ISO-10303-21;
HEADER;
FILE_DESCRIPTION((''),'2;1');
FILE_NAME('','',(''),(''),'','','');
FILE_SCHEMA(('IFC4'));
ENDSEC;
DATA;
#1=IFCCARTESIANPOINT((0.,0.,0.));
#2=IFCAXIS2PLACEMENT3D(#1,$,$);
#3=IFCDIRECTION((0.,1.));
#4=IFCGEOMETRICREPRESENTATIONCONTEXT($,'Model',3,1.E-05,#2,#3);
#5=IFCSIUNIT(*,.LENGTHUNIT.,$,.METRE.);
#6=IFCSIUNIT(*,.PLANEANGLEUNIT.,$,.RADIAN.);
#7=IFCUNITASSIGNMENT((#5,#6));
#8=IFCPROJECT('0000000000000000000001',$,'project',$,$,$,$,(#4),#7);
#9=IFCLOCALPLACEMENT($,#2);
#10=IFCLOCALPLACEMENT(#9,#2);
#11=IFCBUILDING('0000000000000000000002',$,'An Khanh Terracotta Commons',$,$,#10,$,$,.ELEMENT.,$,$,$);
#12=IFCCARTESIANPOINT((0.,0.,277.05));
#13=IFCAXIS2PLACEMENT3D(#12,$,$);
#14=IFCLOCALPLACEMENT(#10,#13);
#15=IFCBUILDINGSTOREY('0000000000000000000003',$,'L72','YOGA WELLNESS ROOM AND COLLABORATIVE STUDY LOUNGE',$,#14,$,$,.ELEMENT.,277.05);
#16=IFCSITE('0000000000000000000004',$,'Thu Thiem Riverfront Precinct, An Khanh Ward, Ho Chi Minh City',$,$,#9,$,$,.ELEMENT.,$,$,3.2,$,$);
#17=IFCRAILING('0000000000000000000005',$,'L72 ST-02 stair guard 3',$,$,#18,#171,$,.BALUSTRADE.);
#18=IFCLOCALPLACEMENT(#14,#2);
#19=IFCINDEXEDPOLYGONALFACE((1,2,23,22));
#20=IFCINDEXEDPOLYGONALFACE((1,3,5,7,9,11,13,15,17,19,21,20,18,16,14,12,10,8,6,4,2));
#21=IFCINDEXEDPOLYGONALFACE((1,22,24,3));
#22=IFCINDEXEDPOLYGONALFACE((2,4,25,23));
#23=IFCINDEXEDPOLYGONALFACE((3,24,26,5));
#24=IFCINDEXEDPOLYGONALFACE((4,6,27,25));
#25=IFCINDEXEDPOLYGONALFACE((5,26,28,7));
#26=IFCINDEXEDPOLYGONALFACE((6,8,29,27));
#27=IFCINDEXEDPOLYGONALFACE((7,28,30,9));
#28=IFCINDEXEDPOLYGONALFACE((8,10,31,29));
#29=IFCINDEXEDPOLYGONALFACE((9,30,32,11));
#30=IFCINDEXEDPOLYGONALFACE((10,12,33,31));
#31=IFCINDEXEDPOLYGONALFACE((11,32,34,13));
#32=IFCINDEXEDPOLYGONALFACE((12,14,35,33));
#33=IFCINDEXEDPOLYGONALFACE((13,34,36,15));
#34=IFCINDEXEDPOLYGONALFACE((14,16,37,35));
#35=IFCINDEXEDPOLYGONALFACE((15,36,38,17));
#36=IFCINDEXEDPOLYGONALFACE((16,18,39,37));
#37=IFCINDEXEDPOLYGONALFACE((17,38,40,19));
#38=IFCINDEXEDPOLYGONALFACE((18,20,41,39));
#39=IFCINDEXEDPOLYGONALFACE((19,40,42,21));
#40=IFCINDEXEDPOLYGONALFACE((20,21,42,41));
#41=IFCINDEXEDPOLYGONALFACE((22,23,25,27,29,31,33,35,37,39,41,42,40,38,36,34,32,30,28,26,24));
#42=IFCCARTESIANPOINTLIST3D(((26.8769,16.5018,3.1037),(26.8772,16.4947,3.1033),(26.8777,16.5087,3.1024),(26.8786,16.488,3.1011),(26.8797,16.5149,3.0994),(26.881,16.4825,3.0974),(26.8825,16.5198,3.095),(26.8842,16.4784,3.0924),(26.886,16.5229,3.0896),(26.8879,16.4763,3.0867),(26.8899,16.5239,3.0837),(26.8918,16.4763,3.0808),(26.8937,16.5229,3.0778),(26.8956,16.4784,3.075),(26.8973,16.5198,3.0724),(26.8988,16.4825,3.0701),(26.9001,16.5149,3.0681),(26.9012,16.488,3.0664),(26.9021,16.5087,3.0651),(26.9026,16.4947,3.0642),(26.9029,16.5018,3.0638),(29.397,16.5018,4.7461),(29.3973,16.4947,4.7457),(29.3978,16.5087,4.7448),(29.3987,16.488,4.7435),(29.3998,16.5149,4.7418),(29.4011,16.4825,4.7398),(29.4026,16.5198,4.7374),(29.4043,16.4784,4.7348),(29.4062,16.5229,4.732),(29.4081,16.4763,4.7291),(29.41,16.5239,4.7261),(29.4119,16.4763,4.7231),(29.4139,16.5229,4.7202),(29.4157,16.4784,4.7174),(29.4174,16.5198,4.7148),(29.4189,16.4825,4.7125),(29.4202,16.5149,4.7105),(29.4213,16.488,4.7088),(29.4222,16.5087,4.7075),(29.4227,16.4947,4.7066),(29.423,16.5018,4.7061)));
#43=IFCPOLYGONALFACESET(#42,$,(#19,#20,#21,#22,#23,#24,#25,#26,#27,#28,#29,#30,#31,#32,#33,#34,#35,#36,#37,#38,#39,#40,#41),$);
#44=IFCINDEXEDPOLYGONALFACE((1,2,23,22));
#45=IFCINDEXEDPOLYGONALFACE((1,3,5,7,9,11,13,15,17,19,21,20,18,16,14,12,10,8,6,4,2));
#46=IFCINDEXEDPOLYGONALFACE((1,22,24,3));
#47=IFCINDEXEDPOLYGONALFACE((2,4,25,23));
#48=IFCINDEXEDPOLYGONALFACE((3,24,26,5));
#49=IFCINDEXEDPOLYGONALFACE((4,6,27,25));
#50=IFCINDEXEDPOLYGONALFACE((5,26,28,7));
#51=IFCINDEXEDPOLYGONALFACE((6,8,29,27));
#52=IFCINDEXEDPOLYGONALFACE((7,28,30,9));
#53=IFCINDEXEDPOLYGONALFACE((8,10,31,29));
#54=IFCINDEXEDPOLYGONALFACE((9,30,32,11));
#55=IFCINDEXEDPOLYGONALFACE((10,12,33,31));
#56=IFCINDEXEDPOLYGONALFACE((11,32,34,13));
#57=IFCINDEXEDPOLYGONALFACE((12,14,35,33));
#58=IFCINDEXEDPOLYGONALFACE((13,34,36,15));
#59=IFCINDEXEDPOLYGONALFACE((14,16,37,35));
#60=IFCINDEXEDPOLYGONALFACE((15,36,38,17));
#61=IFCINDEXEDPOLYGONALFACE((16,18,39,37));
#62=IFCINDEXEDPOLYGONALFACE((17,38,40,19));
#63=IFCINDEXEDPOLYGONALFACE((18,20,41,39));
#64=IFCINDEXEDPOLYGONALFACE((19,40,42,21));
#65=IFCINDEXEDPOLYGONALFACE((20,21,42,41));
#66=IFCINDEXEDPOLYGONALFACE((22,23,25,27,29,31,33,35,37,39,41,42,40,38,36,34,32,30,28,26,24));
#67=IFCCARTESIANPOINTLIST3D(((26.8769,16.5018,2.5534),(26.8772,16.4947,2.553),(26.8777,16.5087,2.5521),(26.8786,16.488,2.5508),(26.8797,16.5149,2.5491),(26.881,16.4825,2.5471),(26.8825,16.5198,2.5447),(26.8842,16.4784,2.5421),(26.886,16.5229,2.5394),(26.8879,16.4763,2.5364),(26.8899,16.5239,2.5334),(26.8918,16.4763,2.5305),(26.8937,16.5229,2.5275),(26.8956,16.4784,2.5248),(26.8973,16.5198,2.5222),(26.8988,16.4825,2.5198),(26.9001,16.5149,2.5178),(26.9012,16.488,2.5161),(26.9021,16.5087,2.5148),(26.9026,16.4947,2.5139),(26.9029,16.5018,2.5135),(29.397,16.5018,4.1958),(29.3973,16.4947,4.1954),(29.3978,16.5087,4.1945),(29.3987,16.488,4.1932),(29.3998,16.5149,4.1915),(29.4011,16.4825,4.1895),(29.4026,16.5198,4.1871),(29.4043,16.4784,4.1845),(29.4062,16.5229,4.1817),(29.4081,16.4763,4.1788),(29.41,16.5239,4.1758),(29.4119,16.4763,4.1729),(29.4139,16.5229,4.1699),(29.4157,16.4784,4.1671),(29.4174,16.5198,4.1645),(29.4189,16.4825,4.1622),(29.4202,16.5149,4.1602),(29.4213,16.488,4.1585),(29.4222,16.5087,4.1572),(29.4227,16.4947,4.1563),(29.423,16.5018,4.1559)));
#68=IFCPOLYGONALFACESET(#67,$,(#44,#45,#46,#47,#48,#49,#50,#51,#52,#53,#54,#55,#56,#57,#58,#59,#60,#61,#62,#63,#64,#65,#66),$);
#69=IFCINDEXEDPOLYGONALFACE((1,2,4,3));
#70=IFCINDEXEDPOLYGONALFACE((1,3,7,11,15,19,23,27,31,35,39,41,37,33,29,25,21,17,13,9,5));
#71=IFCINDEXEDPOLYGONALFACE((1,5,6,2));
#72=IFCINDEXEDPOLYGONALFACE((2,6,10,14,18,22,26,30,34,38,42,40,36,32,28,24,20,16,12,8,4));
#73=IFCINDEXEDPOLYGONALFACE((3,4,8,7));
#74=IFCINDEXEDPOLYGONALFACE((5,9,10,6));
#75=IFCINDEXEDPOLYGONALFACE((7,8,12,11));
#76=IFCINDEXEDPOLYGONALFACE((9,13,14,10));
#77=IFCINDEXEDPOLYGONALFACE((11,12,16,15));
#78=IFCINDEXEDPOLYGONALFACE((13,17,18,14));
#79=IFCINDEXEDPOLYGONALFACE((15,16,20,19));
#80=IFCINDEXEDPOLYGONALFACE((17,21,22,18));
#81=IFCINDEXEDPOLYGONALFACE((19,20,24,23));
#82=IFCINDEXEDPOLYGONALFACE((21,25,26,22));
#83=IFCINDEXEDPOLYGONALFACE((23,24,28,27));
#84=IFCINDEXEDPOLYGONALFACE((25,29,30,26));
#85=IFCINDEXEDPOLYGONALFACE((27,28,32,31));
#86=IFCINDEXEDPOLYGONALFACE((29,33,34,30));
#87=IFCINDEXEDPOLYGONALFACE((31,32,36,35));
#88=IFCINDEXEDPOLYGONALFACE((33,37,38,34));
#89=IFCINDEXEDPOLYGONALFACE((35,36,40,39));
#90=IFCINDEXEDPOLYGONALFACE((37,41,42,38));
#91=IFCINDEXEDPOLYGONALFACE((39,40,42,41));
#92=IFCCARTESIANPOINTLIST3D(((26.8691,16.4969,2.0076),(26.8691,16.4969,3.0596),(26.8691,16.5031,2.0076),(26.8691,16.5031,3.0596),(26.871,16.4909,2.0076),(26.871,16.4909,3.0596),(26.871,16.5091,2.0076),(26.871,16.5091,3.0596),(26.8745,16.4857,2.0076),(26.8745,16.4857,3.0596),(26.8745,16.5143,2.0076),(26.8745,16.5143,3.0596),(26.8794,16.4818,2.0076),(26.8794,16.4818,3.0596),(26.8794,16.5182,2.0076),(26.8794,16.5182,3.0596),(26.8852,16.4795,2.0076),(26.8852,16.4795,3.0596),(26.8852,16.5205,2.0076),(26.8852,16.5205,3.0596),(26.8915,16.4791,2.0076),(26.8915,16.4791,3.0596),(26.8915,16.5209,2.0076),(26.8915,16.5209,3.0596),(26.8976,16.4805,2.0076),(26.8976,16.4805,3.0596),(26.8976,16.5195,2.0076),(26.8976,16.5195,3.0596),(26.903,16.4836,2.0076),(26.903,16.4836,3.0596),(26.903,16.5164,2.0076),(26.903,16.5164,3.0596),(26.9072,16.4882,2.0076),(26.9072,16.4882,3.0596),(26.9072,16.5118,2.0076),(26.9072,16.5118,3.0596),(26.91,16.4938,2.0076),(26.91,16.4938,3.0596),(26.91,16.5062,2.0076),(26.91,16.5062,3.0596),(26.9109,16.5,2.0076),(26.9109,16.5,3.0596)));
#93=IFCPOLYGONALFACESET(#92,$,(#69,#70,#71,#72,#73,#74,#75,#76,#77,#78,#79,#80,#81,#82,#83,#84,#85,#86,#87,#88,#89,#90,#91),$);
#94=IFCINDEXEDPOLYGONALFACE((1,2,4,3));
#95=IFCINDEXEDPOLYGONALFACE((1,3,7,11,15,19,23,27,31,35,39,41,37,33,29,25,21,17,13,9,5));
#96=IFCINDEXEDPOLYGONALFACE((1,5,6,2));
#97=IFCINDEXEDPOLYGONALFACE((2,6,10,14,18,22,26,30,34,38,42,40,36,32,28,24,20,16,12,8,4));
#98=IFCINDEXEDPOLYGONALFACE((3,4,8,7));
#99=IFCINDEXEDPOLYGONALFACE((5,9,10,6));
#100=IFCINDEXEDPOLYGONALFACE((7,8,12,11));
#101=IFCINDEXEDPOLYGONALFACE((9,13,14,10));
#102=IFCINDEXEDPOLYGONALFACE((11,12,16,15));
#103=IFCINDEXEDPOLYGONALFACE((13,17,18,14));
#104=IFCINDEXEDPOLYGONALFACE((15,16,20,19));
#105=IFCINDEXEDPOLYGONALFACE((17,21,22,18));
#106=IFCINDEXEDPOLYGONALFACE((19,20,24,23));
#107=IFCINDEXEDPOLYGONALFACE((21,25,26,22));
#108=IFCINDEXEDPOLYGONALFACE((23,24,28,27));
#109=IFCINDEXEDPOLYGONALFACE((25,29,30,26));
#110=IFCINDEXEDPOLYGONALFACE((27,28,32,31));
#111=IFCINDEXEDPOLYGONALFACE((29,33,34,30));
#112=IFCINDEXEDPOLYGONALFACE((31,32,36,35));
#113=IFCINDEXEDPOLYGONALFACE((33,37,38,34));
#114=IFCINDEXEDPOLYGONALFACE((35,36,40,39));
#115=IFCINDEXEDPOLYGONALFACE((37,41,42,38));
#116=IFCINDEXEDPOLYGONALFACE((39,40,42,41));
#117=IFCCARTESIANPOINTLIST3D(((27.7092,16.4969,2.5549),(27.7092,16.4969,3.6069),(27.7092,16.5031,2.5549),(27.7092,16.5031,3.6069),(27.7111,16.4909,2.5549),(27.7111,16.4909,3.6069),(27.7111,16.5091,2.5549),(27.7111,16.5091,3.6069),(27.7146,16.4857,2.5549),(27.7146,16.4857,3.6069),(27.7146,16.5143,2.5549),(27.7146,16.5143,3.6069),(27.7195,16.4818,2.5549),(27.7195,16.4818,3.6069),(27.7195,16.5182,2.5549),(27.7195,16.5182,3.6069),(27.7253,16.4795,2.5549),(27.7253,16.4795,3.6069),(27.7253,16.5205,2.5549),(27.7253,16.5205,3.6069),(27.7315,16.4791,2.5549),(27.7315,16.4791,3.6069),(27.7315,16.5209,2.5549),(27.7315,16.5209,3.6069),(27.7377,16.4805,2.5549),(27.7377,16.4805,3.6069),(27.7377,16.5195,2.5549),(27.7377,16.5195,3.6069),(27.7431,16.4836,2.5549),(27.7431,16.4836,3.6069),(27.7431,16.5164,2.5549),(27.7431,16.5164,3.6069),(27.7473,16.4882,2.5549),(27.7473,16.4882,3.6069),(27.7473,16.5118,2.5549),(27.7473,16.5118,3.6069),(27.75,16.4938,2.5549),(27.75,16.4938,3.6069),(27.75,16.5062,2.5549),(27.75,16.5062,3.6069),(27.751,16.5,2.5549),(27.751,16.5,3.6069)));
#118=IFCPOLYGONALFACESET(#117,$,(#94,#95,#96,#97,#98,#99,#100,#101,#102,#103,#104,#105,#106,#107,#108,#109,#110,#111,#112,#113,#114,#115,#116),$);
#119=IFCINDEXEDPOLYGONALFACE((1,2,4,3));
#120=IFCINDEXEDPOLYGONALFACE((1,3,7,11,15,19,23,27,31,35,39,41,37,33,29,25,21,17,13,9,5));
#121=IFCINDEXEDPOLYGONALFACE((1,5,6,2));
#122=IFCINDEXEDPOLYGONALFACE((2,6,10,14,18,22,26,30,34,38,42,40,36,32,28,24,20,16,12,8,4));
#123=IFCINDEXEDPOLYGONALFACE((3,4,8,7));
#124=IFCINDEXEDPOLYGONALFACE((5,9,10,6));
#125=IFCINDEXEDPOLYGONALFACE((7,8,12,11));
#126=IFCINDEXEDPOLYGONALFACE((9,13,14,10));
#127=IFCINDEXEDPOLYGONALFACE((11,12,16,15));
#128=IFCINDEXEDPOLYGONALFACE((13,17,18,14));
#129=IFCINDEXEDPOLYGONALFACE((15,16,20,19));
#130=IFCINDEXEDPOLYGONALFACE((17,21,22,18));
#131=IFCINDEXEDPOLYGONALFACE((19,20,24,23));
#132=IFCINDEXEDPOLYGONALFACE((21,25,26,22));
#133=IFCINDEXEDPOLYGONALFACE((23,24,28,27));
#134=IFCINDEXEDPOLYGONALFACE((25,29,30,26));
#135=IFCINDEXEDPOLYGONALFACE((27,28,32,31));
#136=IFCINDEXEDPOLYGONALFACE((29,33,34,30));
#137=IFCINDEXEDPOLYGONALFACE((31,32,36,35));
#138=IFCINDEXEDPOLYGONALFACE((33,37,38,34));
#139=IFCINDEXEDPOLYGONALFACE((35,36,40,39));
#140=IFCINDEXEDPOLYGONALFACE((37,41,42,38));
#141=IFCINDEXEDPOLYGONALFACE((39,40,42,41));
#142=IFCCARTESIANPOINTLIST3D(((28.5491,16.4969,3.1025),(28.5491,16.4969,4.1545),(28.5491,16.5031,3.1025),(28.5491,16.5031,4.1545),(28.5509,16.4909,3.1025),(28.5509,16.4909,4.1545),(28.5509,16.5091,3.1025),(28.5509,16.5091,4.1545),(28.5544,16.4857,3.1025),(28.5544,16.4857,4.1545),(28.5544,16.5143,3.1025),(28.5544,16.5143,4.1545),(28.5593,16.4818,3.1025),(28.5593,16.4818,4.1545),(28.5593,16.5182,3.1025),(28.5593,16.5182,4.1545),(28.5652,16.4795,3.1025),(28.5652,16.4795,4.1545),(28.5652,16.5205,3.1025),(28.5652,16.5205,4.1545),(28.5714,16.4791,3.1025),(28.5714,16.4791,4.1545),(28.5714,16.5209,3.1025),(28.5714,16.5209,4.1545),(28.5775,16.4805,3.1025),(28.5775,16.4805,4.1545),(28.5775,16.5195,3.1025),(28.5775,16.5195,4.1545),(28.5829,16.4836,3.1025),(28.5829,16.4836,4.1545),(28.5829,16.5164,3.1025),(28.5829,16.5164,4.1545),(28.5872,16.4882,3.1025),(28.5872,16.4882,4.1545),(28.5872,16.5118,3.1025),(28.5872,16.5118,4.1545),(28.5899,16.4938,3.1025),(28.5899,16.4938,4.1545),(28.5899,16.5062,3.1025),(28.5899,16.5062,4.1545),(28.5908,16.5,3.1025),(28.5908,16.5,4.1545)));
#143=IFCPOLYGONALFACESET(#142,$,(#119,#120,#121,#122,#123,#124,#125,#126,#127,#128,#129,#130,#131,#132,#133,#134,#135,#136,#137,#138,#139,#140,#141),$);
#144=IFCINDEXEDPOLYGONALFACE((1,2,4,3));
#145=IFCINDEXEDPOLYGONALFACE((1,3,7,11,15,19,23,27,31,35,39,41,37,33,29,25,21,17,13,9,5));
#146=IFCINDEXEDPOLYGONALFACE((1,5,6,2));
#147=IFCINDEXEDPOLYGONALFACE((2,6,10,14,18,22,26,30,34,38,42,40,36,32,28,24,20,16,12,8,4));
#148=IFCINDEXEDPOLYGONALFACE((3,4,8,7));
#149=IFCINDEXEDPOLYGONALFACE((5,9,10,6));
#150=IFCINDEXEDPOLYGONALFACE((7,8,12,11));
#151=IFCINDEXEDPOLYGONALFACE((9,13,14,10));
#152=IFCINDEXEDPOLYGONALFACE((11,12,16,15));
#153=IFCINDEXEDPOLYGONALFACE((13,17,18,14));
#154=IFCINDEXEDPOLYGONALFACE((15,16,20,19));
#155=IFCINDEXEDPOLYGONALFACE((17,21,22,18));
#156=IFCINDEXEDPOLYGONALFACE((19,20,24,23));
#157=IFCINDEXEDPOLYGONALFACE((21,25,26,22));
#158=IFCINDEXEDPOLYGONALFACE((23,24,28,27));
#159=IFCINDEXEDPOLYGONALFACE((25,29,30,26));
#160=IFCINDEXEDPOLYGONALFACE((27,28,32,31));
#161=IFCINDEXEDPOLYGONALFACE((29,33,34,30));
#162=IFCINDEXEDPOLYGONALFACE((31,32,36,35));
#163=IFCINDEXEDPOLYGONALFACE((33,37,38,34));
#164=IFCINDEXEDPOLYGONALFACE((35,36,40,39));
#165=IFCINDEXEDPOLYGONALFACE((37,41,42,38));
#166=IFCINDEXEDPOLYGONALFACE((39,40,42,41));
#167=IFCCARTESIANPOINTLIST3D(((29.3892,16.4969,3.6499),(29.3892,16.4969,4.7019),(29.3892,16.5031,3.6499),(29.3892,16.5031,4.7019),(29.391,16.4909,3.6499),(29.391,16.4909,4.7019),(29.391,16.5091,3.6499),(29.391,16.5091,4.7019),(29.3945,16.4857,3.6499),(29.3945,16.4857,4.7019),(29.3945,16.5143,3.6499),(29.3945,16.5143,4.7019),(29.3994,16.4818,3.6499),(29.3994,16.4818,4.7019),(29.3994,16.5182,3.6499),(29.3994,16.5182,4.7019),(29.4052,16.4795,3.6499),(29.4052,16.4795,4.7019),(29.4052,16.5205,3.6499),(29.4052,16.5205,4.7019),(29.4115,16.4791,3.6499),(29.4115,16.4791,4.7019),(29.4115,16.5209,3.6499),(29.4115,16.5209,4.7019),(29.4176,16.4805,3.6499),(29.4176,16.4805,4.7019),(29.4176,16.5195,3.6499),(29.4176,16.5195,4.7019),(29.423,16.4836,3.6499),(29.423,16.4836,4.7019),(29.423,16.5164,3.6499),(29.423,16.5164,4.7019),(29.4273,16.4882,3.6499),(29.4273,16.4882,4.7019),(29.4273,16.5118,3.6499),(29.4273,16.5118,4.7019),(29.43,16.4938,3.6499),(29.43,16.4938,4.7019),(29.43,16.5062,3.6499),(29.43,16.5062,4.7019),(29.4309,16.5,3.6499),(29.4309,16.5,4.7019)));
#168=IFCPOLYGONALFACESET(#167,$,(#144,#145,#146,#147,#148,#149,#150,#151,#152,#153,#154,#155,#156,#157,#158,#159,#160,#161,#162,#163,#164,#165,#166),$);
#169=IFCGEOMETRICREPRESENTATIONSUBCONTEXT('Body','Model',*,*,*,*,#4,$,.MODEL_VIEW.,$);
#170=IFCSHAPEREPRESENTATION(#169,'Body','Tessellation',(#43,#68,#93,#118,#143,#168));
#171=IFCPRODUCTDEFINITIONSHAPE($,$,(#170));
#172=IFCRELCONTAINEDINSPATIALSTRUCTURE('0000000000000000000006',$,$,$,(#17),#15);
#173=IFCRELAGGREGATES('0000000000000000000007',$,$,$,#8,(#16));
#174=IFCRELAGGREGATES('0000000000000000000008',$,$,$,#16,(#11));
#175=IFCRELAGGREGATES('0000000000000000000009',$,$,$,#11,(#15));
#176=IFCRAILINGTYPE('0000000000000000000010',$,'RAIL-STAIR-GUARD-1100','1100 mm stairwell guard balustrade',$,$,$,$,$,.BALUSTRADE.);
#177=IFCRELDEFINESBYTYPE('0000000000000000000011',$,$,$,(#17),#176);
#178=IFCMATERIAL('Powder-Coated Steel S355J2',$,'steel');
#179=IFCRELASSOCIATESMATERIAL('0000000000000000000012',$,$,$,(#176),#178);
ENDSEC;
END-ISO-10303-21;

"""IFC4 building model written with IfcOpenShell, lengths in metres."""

from ifc_helpers import new_model, si_unit, direction, frame, origin, origin_2d, place, context, subcontext, project, spatial, circle, extrude, material, type_object, element, save


model = new_model("IFC4")

# Units and contexts
model_context = context("Model", 3, precision=1e-05, world=origin(), true_north=direction((0.0, 1.0)))
body_context = subcontext(model_context, "Body", "Model", "MODEL_VIEW")
ifc_project = project(units=[si_unit("LENGTHUNIT", "METRE"), si_unit("PLANEANGLEUNIT", "RADIAN")], contexts=[model_context])

# Site, building, storey
site_placement = place(None, origin())
site = spatial("IfcSite", under=ifc_project, at=site_placement, Name="Thu Thiem Riverfront Precinct, An Khanh Ward, Ho Chi Minh City", CompositionType="ELEMENT", RefElevation=3.2)
building_placement = place(site_placement, origin())
building = spatial("IfcBuilding", under=site, at=building_placement, Name="An Khanh Terracotta Commons", CompositionType="ELEMENT")
storey_placement = place(building_placement, frame((0.0, 0.0, 277.05)))
storey = spatial("IfcBuildingStorey", under=building, at=storey_placement, Name="L72", Description="YOGA WELLNESS ROOM AND COLLABORATIVE STUDY LOUNGE", CompositionType="ELEMENT", Elevation=277.05)

# Railing
ifc_material_1 = material(Name="Powder-Coated Steel S355J2", Category="steel")
railing_type_1 = type_object("IfcRailingType", Name="RAIL-STAIR-GUARD-1100", Description="1100 mm stairwell guard balustrade", PredefinedType="BALUSTRADE", material=ifc_material_1)
railing_1_placement = place(storey_placement, frame((26.8899, 16.5, 2.0076)))
element("IfcRailing", 1, at=railing_1_placement, inside=storey, type_object=railing_type_1, Name="L72 ST-02 stair guard 3", PredefinedType="BALUSTRADE", context=body_context, shape_type="SweptSolid", body=[
    extrude(circle(Radius=0.0239, at=origin_2d()), frame((0.0, 0.0, 1.0762), z_axis=(0.837787, 0.0, 0.545998), x_axis=(0.0, 1.0, 0.0)), (0.0, 0.0, 1.0), 3.0081),
    extrude(circle(Radius=0.0239, at=origin_2d()), frame((0.0, 0.0, 0.5259), z_axis=(0.837787, 0.0, 0.545998), x_axis=(0.0, 1.0, 0.0)), (0.0, 0.0, 1.0), 3.0081),
    extrude(circle(Radius=0.021, at=origin_2d()), origin(), (0.0, 0.0, 1.0), 1.052),
    extrude(circle(Radius=0.021, at=origin_2d()), frame((0.8401, 0.0, 0.5474)), (0.0, 0.0, 1.0), 1.052),
    extrude(circle(Radius=0.021, at=origin_2d()), frame((1.6799, 0.0, 1.095)), (0.0, 0.0, 1.0), 1.052),
    extrude(circle(Radius=0.021, at=origin_2d()), frame((2.52, 0.0, 1.6423)), (0.0, 0.0, 1.0), 1.052),
])

save(model, "model.ifc")
